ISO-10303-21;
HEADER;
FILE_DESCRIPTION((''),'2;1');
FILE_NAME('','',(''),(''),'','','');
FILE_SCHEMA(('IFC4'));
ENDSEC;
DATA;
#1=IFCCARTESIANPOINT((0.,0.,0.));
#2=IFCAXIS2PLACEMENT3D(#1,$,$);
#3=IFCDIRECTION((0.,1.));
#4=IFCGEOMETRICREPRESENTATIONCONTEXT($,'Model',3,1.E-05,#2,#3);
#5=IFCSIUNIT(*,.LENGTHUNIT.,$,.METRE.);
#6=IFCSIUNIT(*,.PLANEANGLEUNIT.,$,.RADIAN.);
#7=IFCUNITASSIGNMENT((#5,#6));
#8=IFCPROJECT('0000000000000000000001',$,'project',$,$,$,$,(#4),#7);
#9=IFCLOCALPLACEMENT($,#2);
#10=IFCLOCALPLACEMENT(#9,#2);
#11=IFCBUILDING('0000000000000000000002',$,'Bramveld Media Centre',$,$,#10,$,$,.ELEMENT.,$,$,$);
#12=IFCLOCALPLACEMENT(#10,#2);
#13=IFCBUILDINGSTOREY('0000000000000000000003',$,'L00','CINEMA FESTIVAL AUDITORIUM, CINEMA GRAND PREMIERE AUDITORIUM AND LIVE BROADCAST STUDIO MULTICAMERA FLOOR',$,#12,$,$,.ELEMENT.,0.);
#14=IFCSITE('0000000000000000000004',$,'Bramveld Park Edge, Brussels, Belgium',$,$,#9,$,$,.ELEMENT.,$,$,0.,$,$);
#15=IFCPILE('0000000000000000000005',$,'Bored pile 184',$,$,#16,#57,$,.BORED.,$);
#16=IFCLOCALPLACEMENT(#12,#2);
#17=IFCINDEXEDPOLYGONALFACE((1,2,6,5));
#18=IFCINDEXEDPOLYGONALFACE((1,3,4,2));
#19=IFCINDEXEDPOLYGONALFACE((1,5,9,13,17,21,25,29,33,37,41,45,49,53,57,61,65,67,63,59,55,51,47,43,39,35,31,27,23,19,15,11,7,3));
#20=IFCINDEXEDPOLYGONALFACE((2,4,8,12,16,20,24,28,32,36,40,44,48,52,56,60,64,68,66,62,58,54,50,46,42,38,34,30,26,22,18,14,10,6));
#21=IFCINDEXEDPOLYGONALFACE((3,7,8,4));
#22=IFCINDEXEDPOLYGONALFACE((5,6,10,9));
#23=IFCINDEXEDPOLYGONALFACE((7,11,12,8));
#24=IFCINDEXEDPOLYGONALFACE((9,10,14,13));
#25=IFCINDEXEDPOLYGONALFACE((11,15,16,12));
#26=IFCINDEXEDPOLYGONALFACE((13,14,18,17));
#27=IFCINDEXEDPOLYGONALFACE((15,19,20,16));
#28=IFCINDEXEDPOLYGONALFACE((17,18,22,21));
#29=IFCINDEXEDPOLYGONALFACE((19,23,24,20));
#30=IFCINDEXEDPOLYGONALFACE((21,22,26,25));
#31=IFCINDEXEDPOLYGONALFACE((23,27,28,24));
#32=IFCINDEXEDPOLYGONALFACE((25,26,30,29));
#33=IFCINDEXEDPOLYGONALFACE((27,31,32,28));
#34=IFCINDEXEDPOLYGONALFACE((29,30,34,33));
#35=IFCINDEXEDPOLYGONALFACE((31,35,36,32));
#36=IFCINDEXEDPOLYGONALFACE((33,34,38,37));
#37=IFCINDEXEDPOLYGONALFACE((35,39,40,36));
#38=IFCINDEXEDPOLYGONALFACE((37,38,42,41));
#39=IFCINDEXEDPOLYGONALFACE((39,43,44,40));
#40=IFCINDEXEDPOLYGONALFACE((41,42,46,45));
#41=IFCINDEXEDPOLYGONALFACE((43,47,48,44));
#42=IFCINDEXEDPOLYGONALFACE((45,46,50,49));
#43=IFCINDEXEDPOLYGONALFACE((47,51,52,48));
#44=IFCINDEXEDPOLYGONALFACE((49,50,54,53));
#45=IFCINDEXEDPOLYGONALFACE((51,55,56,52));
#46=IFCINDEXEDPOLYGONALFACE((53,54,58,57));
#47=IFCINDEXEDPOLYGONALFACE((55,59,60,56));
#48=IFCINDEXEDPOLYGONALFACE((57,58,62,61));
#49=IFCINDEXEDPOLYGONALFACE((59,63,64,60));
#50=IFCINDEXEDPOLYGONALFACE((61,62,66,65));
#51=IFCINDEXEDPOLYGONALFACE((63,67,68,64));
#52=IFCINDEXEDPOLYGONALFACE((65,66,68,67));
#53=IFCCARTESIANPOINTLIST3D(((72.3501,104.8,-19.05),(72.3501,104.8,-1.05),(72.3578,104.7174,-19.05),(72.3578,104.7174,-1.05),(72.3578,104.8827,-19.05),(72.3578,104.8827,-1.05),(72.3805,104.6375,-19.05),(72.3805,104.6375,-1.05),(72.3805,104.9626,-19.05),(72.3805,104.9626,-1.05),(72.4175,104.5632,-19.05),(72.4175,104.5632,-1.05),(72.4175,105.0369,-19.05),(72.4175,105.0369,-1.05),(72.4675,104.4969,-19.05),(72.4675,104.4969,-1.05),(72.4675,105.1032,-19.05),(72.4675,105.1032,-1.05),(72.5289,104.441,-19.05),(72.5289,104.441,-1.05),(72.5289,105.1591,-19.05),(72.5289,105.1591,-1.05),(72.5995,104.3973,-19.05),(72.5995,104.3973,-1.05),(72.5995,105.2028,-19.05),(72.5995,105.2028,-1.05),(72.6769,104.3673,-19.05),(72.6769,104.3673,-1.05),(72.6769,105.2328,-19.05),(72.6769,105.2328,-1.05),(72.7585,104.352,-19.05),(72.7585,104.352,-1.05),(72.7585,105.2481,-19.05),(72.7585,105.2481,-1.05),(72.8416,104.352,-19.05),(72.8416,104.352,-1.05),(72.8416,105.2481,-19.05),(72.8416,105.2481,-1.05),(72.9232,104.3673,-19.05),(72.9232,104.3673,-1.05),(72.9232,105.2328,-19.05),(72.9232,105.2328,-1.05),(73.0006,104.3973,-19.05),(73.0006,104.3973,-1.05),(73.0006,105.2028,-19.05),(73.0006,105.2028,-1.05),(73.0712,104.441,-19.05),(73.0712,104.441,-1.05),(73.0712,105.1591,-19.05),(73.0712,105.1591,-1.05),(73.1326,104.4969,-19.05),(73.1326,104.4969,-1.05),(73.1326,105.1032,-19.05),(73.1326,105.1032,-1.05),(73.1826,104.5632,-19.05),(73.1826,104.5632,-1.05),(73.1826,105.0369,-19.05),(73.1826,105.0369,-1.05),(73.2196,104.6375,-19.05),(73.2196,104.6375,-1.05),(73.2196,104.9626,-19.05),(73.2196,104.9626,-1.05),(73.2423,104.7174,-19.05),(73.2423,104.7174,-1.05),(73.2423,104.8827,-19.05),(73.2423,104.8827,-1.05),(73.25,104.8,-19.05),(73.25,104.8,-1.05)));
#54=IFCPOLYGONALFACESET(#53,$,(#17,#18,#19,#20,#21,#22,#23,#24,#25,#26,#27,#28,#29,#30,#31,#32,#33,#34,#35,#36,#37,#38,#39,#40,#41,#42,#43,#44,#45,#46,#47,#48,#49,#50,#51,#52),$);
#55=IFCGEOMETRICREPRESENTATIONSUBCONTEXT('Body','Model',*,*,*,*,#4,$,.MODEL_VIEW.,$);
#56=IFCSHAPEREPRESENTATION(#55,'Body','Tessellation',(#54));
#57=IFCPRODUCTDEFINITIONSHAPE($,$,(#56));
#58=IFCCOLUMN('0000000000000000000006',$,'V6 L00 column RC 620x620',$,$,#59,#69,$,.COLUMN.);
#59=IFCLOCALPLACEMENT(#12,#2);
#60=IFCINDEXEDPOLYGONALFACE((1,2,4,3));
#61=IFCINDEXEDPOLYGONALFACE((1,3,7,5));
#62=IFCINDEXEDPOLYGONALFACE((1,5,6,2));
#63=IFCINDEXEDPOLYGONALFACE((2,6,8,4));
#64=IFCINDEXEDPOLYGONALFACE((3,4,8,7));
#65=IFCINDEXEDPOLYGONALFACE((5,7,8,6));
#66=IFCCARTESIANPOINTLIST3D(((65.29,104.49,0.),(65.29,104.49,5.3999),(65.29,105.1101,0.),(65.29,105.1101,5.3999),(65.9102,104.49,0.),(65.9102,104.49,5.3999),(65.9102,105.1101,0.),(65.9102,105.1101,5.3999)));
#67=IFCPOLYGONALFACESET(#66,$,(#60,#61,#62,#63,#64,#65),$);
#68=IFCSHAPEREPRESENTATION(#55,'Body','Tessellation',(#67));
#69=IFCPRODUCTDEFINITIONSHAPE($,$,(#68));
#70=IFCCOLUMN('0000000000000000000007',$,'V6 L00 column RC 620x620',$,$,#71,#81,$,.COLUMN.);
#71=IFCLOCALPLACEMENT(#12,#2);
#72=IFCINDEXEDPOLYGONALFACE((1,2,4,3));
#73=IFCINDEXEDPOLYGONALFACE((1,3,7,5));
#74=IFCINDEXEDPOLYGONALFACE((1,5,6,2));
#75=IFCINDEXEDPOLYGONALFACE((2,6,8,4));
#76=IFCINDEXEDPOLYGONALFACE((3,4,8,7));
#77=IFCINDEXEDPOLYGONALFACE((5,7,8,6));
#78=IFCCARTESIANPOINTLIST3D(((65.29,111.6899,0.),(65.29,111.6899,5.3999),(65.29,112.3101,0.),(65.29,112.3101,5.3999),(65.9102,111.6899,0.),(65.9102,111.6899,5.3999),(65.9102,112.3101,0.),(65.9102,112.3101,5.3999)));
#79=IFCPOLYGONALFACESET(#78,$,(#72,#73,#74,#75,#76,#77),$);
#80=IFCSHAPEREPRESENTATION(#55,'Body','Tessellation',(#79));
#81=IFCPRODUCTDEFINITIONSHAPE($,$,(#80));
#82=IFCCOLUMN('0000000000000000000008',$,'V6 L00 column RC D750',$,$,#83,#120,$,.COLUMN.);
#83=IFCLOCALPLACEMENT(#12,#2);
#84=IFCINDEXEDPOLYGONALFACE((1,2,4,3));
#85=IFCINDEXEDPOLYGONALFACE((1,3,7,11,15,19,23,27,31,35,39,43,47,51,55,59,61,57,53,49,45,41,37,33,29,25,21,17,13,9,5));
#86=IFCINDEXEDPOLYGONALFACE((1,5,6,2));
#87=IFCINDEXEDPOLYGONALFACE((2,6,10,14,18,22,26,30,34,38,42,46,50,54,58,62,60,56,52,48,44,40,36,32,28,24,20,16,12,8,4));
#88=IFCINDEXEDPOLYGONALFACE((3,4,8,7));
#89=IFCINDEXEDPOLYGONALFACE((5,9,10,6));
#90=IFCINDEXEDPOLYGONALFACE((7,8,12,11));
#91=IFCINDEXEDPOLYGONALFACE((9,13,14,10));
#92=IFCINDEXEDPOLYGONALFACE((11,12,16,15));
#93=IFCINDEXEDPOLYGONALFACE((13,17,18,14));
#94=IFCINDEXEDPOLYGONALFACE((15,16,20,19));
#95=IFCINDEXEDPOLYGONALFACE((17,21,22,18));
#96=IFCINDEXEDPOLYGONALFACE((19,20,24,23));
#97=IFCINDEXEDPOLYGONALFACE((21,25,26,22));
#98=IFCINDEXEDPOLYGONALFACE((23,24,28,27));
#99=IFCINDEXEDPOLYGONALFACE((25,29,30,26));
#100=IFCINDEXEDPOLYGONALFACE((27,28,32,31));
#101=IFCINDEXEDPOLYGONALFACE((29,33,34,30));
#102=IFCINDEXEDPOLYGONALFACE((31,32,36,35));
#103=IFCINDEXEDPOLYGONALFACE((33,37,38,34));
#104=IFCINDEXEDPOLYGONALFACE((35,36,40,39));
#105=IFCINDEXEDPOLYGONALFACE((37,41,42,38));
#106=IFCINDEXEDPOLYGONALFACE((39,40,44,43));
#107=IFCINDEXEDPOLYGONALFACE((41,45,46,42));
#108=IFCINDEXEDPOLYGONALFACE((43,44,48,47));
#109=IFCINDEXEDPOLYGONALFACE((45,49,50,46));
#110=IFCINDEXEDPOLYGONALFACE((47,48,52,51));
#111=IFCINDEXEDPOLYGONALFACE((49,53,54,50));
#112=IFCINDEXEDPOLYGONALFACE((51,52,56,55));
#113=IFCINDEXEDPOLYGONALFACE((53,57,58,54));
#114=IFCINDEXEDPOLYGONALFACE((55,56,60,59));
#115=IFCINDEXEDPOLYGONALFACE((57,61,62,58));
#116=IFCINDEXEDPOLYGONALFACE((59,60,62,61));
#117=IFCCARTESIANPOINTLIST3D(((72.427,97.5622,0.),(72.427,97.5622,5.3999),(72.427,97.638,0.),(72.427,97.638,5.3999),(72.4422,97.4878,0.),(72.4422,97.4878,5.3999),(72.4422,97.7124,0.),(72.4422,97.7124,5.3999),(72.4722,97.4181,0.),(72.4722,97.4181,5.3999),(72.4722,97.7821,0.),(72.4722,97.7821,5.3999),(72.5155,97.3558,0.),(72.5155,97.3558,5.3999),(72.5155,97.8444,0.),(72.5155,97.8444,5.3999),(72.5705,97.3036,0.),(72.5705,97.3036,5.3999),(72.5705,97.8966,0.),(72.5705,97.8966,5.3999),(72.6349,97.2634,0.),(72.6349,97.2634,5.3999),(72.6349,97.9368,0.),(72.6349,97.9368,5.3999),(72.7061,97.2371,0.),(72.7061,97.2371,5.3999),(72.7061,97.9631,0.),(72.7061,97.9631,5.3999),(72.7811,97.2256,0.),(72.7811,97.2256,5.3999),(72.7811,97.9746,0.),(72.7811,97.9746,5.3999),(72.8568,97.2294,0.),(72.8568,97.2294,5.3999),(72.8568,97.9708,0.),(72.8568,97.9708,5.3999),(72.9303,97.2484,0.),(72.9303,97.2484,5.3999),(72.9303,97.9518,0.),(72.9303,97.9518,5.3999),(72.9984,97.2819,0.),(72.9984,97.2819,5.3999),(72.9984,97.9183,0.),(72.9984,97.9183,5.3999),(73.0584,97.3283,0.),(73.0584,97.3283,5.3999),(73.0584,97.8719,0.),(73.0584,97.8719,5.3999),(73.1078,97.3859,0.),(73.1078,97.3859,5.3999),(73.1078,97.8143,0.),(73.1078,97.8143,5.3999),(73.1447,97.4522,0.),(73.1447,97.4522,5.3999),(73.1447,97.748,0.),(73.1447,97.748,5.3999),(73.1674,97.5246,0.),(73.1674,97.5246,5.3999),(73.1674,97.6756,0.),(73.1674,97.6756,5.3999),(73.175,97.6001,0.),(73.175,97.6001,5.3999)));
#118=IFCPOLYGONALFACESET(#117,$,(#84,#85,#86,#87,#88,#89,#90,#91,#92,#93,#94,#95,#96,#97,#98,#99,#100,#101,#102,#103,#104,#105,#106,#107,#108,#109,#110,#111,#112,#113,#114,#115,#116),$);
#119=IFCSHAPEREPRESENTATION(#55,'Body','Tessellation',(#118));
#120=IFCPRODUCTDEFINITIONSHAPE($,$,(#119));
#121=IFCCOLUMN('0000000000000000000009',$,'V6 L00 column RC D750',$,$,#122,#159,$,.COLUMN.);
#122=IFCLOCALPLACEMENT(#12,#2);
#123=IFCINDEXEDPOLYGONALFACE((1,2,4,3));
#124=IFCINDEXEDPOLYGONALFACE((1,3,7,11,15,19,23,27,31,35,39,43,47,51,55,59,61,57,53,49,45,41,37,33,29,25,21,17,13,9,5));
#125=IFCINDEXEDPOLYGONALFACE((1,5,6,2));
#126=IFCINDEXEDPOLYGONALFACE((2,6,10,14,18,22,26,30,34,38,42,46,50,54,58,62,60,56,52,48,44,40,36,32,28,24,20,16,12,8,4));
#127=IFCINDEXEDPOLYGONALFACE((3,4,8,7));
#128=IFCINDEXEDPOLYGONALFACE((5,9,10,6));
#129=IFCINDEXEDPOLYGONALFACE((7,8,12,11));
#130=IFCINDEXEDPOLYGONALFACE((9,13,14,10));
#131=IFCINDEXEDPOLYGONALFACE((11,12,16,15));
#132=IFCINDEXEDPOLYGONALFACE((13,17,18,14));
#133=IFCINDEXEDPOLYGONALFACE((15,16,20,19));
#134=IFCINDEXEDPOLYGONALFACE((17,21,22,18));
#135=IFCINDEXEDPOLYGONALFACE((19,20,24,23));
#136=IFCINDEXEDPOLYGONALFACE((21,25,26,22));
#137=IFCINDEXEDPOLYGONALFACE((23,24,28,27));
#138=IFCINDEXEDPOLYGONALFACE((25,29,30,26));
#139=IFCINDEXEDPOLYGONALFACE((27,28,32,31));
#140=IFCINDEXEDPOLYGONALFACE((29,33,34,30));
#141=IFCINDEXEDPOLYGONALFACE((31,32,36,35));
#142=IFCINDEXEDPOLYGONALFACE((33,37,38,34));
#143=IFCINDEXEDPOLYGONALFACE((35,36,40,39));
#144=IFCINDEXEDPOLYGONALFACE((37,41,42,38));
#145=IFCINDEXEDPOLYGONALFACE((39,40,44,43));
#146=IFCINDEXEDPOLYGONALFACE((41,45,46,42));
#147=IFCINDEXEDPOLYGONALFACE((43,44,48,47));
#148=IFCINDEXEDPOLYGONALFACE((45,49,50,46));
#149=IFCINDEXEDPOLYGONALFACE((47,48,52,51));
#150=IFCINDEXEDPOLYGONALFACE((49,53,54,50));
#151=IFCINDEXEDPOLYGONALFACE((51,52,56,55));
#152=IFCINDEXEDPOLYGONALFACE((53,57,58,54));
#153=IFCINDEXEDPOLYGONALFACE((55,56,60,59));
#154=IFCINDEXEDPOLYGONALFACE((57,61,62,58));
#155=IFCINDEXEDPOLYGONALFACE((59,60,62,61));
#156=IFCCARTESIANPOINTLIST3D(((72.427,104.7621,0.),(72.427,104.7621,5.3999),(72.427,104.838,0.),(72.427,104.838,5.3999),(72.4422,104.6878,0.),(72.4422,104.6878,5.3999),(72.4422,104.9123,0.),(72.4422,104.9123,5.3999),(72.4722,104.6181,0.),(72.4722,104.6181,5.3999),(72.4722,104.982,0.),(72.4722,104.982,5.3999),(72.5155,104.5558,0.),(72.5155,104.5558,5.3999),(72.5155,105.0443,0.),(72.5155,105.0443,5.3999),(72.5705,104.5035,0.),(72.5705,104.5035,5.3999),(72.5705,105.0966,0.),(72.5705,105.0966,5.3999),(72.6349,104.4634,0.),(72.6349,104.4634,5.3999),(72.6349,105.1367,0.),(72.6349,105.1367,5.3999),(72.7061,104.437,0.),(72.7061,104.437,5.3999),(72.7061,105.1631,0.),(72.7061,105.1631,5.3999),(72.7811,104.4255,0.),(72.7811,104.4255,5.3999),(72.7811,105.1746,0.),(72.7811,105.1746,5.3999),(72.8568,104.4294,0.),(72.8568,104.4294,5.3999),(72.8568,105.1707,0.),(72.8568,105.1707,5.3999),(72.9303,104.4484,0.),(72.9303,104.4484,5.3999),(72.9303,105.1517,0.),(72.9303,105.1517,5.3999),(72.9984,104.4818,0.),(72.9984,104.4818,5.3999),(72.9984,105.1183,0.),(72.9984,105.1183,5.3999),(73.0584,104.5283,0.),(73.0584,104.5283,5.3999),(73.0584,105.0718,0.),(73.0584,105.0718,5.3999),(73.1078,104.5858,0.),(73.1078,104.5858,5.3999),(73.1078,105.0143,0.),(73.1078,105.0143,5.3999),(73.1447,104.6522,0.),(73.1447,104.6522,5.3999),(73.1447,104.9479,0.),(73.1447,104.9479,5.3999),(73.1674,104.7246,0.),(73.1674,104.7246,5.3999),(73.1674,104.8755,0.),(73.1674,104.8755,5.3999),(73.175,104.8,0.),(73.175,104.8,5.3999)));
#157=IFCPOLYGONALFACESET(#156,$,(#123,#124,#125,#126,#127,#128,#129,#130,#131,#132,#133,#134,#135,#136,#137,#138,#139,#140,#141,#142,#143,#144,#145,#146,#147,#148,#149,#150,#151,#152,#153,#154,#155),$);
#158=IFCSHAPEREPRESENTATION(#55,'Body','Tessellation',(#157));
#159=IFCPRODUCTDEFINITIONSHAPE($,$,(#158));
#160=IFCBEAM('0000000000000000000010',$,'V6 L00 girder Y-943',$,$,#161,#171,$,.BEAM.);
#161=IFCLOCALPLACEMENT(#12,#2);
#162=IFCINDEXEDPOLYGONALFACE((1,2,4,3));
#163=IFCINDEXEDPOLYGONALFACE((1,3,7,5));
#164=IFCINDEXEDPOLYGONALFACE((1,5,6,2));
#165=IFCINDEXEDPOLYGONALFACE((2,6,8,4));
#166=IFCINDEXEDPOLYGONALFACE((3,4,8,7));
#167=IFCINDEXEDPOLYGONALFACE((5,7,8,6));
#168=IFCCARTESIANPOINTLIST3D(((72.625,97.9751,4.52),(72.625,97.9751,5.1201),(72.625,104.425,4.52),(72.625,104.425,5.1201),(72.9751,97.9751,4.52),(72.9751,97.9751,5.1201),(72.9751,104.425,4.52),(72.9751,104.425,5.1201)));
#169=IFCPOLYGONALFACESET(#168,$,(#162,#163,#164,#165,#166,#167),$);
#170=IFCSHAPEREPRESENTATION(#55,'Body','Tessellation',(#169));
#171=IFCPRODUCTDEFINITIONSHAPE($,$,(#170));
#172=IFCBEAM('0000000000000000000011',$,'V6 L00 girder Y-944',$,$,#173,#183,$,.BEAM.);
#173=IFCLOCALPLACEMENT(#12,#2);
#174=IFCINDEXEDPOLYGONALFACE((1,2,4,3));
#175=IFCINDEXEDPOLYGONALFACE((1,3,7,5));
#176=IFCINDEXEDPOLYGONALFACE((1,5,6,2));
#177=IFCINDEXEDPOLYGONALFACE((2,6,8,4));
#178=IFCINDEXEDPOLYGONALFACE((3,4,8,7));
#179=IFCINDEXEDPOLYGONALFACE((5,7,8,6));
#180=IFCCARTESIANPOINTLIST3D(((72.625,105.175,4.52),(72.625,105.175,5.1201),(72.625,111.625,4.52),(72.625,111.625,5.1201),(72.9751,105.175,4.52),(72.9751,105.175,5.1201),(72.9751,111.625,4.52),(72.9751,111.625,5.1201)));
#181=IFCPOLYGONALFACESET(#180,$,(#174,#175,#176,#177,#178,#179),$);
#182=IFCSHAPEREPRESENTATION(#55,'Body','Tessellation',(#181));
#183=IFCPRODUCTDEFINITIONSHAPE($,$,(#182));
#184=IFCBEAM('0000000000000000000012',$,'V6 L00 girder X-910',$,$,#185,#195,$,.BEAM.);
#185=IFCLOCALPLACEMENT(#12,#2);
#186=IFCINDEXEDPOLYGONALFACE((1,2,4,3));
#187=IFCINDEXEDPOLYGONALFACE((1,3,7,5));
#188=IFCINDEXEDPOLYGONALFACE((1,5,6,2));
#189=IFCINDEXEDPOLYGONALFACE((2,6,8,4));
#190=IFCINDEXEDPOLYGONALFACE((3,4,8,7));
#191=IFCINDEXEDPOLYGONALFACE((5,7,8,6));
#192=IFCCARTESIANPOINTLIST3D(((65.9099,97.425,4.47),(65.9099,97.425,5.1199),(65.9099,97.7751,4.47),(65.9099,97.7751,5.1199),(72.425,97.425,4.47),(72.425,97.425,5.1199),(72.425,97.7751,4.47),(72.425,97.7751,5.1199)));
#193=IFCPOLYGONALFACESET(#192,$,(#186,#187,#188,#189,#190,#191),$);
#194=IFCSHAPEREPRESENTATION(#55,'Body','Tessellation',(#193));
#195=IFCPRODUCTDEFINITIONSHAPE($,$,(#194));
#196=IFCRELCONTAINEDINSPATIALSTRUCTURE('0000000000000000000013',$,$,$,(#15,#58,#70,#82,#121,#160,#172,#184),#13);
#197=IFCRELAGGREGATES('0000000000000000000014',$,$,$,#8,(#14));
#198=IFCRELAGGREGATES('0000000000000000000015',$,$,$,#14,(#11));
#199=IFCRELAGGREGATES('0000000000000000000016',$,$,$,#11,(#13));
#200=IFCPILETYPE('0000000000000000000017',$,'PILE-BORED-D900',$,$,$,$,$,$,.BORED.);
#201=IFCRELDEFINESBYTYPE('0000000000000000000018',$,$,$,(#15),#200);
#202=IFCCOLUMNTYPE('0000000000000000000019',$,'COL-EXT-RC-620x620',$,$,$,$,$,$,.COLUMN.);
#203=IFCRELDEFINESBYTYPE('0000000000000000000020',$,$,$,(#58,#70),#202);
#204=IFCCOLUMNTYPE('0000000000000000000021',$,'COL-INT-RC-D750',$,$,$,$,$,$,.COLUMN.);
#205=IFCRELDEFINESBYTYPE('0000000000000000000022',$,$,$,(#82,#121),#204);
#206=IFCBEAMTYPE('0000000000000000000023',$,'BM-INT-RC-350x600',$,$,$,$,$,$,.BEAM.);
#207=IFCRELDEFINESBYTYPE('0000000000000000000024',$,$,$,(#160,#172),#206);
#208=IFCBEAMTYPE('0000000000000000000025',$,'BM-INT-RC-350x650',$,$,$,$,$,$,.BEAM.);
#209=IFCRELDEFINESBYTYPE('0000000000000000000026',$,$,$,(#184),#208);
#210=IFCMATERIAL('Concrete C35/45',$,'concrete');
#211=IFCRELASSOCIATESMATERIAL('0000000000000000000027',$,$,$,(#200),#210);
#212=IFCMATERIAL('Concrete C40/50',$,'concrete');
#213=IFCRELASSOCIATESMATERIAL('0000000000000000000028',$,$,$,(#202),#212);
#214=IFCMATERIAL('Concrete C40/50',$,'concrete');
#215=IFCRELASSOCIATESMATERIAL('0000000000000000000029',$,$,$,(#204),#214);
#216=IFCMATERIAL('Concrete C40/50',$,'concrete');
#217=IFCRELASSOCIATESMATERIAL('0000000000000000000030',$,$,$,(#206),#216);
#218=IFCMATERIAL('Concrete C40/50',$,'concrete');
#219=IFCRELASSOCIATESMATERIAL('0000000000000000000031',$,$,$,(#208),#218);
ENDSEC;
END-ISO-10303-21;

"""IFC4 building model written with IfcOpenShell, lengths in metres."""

from ifc_helpers import new_model, si_unit, direction, frame, origin, origin_2d, place, context, subcontext, project, spatial, rectangle, circle, extrude, material, material_profile, profile_set, type_object, element, save


model = new_model("IFC4")

# Units and contexts
model_context = context("Model", 3, precision=1e-05, world=origin(), true_north=direction((0.0, 1.0)))
body_context = subcontext(model_context, "Body", "Model", "MODEL_VIEW")
ifc_project = project(units=[si_unit("LENGTHUNIT", "METRE"), si_unit("PLANEANGLEUNIT", "RADIAN")], contexts=[model_context])

# Site, building, storey
site_placement = place(None, origin())
site = spatial("IfcSite", under=ifc_project, at=site_placement, Name="Bramveld Park Edge, Brussels, Belgium", CompositionType="ELEMENT", RefElevation=0.0)
building_placement = place(site_placement, origin())
building = spatial("IfcBuilding", under=site, at=building_placement, Name="Bramveld Media Centre", CompositionType="ELEMENT")
storey_placement = place(building_placement, origin())
storey = spatial("IfcBuildingStorey", under=building, at=storey_placement, Name="L00", Description="CINEMA FESTIVAL AUDITORIUM, CINEMA GRAND PREMIERE AUDITORIUM AND LIVE BROADCAST STUDIO MULTICAMERA FLOOR", CompositionType="ELEMENT", Elevation=0.0)

# Pile
ifc_material_1 = material(Name="Concrete C35/45", Category="concrete")
ifc_material_profile_1 = material_profile(ifc_material_1, circle(Radius=0.45, at=origin_2d()), Name="BORED D900")
ifc_profile_set_1 = profile_set([ifc_material_profile_1], Name="Concrete C35/45")
pile_type_1 = type_object("IfcPileType", Name="PILE-BORED-D900", PredefinedType="BORED", material=ifc_profile_set_1)
for number, where, z_axis, x_axis, name in (
    (1, (72.8, 104.8, -1.05), (0.0, 0.0, -1.0), (1.0, 0.0, 0.0), "Bored pile 184"),
):
    element("IfcPile", number, at=place(storey_placement, frame(where, z_axis=z_axis, x_axis=x_axis)), inside=storey, type_object=pile_type_1, Name=name, PredefinedType="BORED", context=body_context, shape_type="SweptSolid", body=[
        extrude(circle(Radius=0.45, at=origin_2d()), origin(), (0.0, 0.0, 1.0), 18.0),
    ])

# Columns
ifc_material_2 = material(Name="Concrete C40/50", Category="concrete")
ifc_material_profile_2 = material_profile(ifc_material_2, rectangle(XDim=0.6201, YDim=0.6201, at=origin_2d()), Name="RC 620x620")
ifc_profile_set_2 = profile_set([ifc_material_profile_2], Name="Concrete C40/50")
column_type_1 = type_object("IfcColumnType", Name="COL-EXT-RC-620x620", PredefinedType="COLUMN", material=ifc_profile_set_2)
for number, where, z_axis, x_axis, name in (
    (2, (65.6001, 104.8, 0.0), (0.0, 0.0, 1.0), (1.0, 0.0, 0.0), "V6 L00 column RC 620x620"),
    (3, (65.6001, 112.0, 0.0), (0.0, 0.0, 1.0), (1.0, 0.0, 0.0), "V6 L00 column RC 620x620"),
):
    element("IfcColumn", number, at=place(storey_placement, frame(where, z_axis=z_axis, x_axis=x_axis)), inside=storey, type_object=column_type_1, Name=name, PredefinedType="COLUMN", context=body_context, shape_type="SweptSolid", body=[
        extrude(rectangle(XDim=0.6201, YDim=0.6201, at=origin_2d()), origin(), (0.0, 0.0, 1.0), 5.3999),
    ])
ifc_material_3 = material(Name="Concrete C40/50", Category="concrete")
ifc_material_profile_3 = material_profile(ifc_material_3, circle(Radius=0.375, at=origin_2d()), Name="RC D750")
ifc_profile_set_3 = profile_set([ifc_material_profile_3], Name="Concrete C40/50")
column_type_2 = type_object("IfcColumnType", Name="COL-INT-RC-D750", PredefinedType="COLUMN", material=ifc_profile_set_3)
for number, where, z_axis, x_axis, name in (
    (4, (72.8, 97.6001, 0.0), (0.0, 0.0, 1.0), (1.0, 0.0, 0.0), "V6 L00 column RC D750"),
    (5, (72.8, 104.8, 0.0), (0.0, 0.0, 1.0), (1.0, 0.0, 0.0), "V6 L00 column RC D750"),
):
    element("IfcColumn", number, at=place(storey_placement, frame(where, z_axis=z_axis, x_axis=x_axis)), inside=storey, type_object=column_type_2, Name=name, PredefinedType="COLUMN", context=body_context, shape_type="SweptSolid", body=[
        extrude(circle(Radius=0.375, at=origin_2d()), origin(), (0.0, 0.0, 1.0), 5.3999),
    ])

# Beams
ifc_material_4 = material(Name="Concrete C40/50", Category="concrete")
ifc_material_profile_4 = material_profile(ifc_material_4, rectangle(XDim=0.3501, YDim=0.6001, at=origin_2d()), Name="RC 350x600")
ifc_profile_set_4 = profile_set([ifc_material_profile_4], Name="Concrete C40/50")
beam_type_1 = type_object("IfcBeamType", Name="BM-INT-RC-350x600", PredefinedType="BEAM", material=ifc_profile_set_4)
for number, where, z_axis, x_axis, name in (
    (6, (72.8, 97.9751, 4.8201), (0.0, 1.0, 0.0), (-1.0, 0.0, 0.0), "V6 L00 girder Y-943"),
    (7, (72.8, 105.175, 4.8201), (0.0, 1.0, 0.0), (-1.0, 0.0, 0.0), "V6 L00 girder Y-944"),
):
    element("IfcBeam", number, at=place(storey_placement, frame(where, z_axis=z_axis, x_axis=x_axis)), inside=storey, type_object=beam_type_1, Name=name, PredefinedType="BEAM", context=body_context, shape_type="SweptSolid", body=[
        extrude(rectangle(XDim=0.3501, YDim=0.6001, at=origin_2d()), origin(), (0.0, 0.0, 1.0), 6.45),
    ])
ifc_material_5 = material(Name="Concrete C40/50", Category="concrete")
ifc_material_profile_5 = material_profile(ifc_material_5, rectangle(XDim=0.3501, YDim=0.6499, at=origin_2d()), Name="RC 350x650")
ifc_profile_set_5 = profile_set([ifc_material_profile_5], Name="Concrete C40/50")
beam_type_2 = type_object("IfcBeamType", Name="BM-INT-RC-350x650", PredefinedType="BEAM", material=ifc_profile_set_5)
for number, where, z_axis, x_axis, name in (
    (8, (65.9099, 97.6001, 4.7949), (1.0, 0.0, 0.0), (0.0, 1.0, 0.0), "V6 L00 girder X-910"),
):
    element("IfcBeam", number, at=place(storey_placement, frame(where, z_axis=z_axis, x_axis=x_axis)), inside=storey, type_object=beam_type_2, Name=name, PredefinedType="BEAM", context=body_context, shape_type="SweptSolid", body=[
        extrude(rectangle(XDim=0.3501, YDim=0.6499, at=origin_2d()), origin(), (0.0, 0.0, 1.0), 6.5151),
    ])

save(model, "model.ifc")
